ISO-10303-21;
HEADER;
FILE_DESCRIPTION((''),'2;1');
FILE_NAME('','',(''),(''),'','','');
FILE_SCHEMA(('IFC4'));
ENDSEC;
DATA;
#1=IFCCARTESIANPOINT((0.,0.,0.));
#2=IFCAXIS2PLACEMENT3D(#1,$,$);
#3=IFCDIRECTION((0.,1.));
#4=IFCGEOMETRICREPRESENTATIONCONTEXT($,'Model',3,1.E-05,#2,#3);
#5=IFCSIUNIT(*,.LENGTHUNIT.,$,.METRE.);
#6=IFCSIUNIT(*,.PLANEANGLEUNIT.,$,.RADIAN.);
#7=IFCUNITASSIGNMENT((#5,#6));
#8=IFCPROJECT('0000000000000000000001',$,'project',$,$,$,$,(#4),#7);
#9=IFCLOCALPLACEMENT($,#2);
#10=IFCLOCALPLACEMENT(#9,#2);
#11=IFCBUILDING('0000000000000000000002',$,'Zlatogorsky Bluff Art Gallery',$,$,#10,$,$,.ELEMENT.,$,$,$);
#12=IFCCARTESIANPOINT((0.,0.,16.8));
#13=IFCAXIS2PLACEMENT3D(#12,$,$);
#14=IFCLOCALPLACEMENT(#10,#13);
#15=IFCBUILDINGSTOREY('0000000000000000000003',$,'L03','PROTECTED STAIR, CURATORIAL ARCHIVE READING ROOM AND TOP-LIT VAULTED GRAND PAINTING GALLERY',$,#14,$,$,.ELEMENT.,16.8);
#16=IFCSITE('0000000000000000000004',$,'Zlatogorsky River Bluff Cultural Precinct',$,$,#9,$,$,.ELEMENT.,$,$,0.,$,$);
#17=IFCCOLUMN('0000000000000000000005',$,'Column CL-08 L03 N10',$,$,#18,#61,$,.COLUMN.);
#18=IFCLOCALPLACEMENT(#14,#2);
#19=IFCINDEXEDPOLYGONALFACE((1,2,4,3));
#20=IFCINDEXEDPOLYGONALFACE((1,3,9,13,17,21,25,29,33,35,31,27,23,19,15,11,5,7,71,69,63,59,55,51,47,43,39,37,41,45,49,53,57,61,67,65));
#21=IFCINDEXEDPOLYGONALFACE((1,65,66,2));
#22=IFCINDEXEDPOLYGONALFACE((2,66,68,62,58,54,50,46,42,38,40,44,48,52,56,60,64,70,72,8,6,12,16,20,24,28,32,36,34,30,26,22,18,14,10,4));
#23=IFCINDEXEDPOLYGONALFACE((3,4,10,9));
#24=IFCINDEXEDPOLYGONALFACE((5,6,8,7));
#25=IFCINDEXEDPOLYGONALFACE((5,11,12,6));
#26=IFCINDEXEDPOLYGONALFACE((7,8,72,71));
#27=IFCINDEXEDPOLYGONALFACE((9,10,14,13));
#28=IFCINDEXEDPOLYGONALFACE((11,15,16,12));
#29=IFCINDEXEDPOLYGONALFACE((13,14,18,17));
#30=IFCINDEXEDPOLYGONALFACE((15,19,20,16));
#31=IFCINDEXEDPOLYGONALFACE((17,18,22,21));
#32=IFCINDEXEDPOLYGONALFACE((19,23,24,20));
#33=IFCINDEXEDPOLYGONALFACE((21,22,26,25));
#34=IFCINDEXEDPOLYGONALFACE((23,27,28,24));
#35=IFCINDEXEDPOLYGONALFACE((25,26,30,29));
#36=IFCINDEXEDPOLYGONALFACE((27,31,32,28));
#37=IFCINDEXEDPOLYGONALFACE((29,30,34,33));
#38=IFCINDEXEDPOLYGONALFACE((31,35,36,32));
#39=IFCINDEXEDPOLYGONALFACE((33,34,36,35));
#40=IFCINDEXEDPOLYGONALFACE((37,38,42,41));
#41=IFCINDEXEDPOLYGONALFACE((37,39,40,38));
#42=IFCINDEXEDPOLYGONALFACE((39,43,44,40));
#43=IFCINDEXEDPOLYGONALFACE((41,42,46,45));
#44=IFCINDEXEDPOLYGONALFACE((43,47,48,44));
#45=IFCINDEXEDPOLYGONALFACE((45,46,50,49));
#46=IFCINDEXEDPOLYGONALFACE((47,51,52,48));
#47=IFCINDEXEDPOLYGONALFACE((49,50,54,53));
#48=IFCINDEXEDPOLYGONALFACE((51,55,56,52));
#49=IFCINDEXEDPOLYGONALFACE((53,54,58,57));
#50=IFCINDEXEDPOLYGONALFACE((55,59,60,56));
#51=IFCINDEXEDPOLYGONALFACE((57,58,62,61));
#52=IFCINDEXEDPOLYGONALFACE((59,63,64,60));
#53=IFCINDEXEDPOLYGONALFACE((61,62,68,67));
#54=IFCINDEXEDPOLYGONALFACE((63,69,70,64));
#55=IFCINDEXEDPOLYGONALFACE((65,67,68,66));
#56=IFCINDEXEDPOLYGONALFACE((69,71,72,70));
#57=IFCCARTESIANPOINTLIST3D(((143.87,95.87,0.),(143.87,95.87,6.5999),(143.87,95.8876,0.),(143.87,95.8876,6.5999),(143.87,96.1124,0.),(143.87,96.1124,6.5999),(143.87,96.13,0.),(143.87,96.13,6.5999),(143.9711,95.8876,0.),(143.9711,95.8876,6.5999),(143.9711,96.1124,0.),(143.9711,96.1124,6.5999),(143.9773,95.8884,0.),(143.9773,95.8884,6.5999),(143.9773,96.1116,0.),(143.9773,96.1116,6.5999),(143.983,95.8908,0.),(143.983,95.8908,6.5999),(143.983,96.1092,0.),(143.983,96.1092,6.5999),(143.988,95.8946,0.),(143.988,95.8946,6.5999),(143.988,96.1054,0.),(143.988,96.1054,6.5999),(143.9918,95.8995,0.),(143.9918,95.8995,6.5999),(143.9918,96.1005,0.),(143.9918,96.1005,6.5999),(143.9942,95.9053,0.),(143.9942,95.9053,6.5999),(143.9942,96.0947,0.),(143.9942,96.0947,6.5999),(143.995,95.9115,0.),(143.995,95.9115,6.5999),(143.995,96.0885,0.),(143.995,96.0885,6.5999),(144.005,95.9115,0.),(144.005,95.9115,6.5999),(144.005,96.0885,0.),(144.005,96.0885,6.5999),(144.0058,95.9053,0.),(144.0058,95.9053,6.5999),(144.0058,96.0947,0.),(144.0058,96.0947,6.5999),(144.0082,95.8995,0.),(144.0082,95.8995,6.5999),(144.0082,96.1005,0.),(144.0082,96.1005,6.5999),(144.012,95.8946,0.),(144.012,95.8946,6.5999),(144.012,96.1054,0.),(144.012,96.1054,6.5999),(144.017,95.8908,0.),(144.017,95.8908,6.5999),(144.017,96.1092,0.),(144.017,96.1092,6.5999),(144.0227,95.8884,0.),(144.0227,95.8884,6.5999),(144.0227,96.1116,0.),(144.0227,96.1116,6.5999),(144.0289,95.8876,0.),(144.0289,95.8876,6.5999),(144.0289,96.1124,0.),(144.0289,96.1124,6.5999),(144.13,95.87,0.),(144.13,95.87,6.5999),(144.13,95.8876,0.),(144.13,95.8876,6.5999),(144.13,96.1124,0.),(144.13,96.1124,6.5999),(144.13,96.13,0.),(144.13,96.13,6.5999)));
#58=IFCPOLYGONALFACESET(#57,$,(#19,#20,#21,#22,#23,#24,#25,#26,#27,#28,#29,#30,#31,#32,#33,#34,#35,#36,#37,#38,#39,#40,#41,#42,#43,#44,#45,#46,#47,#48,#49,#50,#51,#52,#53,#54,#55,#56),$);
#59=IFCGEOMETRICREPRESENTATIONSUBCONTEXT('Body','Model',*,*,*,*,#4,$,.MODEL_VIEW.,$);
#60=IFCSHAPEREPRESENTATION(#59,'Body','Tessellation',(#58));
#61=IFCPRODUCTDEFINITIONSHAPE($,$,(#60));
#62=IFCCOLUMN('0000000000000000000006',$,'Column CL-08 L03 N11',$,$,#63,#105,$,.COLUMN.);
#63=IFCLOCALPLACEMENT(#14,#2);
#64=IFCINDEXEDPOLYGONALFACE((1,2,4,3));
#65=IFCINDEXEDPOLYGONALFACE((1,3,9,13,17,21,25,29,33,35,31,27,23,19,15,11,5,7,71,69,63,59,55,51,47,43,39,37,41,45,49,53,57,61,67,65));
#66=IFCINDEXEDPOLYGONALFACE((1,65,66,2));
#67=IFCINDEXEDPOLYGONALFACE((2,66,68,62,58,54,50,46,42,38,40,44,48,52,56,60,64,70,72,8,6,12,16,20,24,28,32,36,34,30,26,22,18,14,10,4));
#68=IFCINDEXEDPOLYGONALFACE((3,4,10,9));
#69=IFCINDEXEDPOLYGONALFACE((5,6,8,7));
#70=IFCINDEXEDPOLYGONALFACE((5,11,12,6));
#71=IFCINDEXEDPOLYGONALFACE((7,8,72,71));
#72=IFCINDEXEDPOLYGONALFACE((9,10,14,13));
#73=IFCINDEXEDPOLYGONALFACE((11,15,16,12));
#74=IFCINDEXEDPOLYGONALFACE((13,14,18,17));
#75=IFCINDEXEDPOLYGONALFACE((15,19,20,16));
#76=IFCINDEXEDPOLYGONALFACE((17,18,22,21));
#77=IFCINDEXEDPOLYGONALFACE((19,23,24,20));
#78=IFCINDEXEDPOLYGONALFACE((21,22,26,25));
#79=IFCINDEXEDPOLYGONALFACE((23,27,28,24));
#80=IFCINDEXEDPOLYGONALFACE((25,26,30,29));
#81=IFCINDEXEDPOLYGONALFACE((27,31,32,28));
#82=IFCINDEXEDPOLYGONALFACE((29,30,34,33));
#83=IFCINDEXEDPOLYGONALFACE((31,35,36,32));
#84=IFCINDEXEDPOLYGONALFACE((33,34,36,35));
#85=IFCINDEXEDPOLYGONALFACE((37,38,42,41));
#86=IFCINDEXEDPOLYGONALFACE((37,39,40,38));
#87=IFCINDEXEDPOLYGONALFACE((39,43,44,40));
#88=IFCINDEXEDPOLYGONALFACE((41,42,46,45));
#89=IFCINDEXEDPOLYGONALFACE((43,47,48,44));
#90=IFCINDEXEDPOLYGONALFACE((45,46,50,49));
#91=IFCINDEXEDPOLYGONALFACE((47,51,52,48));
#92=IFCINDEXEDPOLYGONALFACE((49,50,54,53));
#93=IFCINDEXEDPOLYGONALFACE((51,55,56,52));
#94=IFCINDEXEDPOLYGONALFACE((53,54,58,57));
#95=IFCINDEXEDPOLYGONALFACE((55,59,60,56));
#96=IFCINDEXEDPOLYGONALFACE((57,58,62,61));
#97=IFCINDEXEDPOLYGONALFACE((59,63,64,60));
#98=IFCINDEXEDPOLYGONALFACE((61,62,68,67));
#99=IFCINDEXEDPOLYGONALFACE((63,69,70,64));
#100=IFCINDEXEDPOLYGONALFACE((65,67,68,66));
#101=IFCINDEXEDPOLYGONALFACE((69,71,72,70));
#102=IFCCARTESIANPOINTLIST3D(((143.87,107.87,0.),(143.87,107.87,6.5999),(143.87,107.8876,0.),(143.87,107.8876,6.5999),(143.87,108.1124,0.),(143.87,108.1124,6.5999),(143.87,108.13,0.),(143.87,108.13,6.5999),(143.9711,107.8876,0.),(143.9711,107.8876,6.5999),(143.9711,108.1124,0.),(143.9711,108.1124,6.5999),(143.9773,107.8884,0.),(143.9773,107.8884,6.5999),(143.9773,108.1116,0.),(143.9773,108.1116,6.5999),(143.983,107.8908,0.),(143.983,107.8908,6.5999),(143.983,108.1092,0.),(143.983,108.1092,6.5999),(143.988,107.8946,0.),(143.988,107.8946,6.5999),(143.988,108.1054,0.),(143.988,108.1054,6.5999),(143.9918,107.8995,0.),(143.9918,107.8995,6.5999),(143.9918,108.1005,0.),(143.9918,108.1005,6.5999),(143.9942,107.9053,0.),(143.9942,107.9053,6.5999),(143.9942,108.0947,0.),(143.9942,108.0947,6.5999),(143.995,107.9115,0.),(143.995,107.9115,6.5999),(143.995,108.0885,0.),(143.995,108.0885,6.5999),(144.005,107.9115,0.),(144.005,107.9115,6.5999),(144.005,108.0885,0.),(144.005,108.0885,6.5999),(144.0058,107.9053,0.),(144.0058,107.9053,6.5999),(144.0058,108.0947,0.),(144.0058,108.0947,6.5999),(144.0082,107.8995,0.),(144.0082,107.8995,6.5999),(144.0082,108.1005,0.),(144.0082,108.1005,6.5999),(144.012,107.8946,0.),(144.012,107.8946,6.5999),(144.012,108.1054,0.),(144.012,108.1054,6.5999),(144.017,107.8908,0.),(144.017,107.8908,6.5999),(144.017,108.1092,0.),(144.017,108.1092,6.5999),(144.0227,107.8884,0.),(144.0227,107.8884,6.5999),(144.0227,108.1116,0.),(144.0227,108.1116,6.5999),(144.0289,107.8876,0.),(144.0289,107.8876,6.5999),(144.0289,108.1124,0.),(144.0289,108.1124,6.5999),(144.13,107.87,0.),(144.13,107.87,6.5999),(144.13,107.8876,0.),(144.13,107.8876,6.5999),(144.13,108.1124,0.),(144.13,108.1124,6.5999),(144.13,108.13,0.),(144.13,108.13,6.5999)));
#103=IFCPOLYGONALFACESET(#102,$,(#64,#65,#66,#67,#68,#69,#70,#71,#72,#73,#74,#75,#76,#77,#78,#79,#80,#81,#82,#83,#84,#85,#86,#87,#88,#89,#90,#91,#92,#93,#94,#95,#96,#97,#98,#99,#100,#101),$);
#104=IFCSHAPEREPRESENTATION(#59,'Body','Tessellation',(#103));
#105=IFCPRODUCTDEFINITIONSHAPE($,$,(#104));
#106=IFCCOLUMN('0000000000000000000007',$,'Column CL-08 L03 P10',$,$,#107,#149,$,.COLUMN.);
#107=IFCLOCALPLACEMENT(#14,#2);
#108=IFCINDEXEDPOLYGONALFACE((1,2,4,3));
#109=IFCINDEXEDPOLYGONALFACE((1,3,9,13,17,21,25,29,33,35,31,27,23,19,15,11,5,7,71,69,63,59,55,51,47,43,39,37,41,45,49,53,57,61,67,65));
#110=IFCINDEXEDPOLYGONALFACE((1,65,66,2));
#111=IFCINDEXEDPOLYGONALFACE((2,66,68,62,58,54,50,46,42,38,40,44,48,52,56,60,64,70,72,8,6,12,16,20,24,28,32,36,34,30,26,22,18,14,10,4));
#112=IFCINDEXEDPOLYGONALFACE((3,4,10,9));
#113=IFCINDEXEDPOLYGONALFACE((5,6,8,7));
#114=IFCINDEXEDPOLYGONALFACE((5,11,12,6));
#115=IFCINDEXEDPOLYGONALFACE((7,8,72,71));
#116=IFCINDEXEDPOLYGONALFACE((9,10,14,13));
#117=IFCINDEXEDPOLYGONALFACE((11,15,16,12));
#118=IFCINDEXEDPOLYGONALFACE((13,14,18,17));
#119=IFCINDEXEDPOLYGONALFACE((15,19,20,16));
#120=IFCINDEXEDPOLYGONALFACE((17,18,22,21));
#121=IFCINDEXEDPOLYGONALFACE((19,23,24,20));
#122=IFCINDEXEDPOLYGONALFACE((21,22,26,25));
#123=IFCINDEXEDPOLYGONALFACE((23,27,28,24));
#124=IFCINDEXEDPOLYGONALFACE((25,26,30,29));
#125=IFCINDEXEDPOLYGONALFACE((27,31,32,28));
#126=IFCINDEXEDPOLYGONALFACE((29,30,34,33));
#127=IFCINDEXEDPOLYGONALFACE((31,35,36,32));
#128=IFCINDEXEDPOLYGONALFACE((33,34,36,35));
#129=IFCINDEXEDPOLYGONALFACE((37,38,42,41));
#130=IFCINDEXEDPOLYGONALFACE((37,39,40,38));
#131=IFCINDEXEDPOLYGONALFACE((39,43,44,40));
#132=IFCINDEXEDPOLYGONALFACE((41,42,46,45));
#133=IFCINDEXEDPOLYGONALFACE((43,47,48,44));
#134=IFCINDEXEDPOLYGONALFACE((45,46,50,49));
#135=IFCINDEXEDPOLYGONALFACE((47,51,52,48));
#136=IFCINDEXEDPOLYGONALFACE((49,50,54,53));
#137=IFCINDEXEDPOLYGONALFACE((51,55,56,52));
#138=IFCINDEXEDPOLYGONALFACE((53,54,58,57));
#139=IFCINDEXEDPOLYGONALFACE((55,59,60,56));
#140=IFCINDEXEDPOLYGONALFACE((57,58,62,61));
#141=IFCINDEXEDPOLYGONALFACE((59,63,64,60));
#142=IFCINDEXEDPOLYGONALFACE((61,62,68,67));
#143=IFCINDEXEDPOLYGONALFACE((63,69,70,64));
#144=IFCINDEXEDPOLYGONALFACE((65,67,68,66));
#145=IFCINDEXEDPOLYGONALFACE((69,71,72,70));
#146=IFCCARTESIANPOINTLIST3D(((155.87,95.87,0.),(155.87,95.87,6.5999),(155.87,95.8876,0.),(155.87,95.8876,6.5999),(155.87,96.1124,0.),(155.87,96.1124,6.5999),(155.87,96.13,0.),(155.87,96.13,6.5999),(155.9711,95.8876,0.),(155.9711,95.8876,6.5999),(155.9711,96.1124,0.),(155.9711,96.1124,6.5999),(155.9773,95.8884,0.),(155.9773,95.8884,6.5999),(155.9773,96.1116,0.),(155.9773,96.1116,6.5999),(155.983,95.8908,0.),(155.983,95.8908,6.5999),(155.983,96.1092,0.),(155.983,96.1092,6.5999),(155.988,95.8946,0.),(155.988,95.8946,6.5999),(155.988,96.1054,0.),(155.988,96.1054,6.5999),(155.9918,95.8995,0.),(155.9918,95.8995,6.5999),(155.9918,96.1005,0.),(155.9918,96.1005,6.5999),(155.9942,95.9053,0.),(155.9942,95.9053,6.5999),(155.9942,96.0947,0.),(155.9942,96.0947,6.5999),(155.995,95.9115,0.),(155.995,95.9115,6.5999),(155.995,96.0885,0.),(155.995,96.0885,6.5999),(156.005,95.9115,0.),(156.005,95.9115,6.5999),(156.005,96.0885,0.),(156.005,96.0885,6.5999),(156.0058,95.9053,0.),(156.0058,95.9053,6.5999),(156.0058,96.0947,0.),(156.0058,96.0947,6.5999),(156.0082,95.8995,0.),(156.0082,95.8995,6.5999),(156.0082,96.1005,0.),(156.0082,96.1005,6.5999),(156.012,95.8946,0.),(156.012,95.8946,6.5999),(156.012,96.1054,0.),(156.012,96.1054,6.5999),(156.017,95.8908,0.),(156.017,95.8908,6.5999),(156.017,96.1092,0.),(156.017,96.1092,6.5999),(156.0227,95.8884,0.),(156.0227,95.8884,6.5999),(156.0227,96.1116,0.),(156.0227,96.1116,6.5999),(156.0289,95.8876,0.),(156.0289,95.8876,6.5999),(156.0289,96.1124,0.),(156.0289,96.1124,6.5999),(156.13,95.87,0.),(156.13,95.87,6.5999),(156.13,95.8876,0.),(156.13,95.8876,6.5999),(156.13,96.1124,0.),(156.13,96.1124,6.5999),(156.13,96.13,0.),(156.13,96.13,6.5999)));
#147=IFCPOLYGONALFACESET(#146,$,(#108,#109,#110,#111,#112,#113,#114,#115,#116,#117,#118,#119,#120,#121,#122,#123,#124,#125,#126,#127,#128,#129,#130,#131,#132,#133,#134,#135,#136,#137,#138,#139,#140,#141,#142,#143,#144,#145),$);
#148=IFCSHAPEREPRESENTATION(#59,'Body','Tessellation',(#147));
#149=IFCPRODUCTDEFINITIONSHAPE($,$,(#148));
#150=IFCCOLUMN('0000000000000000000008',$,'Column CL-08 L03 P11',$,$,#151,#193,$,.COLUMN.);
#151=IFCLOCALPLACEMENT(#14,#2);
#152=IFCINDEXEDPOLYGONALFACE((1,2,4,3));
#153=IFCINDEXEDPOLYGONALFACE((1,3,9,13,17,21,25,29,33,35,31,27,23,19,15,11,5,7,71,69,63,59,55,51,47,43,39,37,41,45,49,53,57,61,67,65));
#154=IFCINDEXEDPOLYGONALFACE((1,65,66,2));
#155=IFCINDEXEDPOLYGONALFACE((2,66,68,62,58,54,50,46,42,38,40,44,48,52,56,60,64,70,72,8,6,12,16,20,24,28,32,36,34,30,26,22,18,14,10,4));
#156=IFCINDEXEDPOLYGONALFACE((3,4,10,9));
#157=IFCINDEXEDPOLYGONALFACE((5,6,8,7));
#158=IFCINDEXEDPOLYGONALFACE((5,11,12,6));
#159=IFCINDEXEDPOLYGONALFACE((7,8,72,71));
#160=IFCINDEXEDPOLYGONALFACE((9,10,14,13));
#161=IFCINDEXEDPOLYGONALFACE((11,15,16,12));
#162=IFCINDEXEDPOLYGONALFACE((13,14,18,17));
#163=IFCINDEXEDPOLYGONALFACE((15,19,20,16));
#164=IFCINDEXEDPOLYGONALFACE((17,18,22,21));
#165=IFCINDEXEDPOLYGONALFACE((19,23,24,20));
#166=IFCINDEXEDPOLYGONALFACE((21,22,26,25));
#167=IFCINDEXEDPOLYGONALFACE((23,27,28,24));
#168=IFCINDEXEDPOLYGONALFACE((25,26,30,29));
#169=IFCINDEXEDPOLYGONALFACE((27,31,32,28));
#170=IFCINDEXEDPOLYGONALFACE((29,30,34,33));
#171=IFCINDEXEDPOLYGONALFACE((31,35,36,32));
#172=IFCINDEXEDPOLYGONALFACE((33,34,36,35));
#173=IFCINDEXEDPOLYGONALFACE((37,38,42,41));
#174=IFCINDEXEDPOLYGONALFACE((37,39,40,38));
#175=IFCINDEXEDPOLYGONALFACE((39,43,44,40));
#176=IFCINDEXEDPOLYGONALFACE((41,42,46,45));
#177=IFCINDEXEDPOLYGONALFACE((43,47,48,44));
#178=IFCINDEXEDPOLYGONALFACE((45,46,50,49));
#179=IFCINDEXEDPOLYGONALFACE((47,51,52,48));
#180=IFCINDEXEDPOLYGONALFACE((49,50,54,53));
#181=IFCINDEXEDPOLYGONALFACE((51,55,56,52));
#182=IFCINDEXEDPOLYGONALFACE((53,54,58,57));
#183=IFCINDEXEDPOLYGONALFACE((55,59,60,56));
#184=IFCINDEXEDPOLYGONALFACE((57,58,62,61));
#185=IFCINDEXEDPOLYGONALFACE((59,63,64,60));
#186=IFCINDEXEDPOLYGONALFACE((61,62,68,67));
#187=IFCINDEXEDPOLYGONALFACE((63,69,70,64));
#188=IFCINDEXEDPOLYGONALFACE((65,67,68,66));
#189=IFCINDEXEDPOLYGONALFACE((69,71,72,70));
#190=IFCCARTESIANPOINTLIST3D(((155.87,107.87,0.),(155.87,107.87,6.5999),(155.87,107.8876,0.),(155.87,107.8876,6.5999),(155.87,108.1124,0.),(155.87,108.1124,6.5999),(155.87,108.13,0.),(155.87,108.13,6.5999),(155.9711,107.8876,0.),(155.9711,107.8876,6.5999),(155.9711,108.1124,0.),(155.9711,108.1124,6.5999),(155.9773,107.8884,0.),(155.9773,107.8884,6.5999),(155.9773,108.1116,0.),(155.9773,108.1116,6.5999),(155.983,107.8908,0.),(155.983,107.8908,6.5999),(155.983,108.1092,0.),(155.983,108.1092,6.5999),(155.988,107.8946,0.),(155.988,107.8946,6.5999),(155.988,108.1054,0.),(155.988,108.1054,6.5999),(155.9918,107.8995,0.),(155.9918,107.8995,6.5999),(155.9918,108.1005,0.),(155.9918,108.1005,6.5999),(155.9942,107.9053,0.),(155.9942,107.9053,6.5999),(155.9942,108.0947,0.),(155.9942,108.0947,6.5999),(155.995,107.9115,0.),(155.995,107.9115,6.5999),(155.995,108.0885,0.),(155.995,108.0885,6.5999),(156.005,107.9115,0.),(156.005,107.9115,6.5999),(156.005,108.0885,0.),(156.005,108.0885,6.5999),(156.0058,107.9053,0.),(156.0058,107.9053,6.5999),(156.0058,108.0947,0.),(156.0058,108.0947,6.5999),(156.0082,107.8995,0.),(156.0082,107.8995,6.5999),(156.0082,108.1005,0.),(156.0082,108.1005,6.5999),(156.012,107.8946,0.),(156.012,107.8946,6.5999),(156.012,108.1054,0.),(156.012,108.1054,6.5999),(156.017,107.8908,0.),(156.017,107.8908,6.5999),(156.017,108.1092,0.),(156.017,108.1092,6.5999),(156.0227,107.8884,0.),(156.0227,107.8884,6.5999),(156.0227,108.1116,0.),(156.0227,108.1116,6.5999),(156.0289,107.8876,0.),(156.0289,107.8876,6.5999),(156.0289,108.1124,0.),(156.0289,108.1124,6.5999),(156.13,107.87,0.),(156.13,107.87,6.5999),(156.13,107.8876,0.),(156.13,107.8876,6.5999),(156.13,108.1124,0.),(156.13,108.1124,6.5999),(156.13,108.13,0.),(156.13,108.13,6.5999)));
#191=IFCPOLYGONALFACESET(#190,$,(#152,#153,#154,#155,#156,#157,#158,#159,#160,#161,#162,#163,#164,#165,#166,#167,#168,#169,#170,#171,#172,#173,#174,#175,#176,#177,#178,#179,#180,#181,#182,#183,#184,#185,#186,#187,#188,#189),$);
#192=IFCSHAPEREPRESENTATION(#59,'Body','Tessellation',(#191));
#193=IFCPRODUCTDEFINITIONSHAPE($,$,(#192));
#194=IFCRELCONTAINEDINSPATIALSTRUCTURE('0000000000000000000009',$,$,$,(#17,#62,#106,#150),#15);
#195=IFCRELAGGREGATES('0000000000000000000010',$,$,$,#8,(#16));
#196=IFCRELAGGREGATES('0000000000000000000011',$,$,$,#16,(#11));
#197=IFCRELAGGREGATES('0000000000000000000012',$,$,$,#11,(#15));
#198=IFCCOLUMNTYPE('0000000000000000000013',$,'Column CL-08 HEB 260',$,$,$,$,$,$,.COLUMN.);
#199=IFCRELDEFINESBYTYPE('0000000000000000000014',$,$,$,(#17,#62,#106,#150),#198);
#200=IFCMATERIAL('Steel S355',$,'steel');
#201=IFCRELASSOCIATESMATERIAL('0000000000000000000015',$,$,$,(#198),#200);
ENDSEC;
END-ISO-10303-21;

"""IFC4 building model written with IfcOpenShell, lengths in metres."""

from ifc_helpers import new_model, si_unit, direction, frame, origin, origin_2d, place, context, subcontext, project, spatial, i_section, extrude, material, material_profile, profile_set, type_object, element, save


model = new_model("IFC4")

# Units and contexts
model_context = context("Model", 3, precision=1e-05, world=origin(), true_north=direction((0.0, 1.0)))
body_context = subcontext(model_context, "Body", "Model", "MODEL_VIEW")
ifc_project = project(units=[si_unit("LENGTHUNIT", "METRE"), si_unit("PLANEANGLEUNIT", "RADIAN")], contexts=[model_context])

# Site, building, storey
site_placement = place(None, origin())
site = spatial("IfcSite", under=ifc_project, at=site_placement, Name="Zlatogorsky River Bluff Cultural Precinct", CompositionType="ELEMENT", RefElevation=0.0)
building_placement = place(site_placement, origin())
building = spatial("IfcBuilding", under=site, at=building_placement, Name="Zlatogorsky Bluff Art Gallery", CompositionType="ELEMENT")
storey_placement = place(building_placement, frame((0.0, 0.0, 16.8)))
storey = spatial("IfcBuildingStorey", under=building, at=storey_placement, Name="L03", Description="PROTECTED STAIR, CURATORIAL ARCHIVE READING ROOM AND TOP-LIT VAULTED GRAND PAINTING GALLERY", CompositionType="ELEMENT", Elevation=16.8)

# Columns
ifc_material_1 = material(Name="Steel S355", Category="steel")
ifc_material_profile_1 = material_profile(ifc_material_1, i_section(OverallWidth=0.26, OverallDepth=0.26, WebThickness=0.01, FlangeThickness=0.0176, FilletRadius=0.0239, at=origin_2d()), Name="HEB 260")
ifc_profile_set_1 = profile_set([ifc_material_profile_1], Name="Steel S355")
column_type = type_object("IfcColumnType", Name="Column CL-08 HEB 260", PredefinedType="COLUMN", material=ifc_profile_set_1)
for number, where, z_axis, x_axis, name in (
    (1, (144.0, 96.0, 0.0), (0.0, 0.0, 1.0), (1.0, 0.0, 0.0), "Column CL-08 L03 N10"),
    (2, (144.0, 108.0, 0.0), (0.0, 0.0, 1.0), (1.0, 0.0, 0.0), "Column CL-08 L03 N11"),
    (3, (156.0, 96.0, 0.0), (0.0, 0.0, 1.0), (1.0, 0.0, 0.0), "Column CL-08 L03 P10"),
    (4, (156.0, 108.0, 0.0), (0.0, 0.0, 1.0), (1.0, 0.0, 0.0), "Column CL-08 L03 P11"),
):
    element("IfcColumn", number, at=place(storey_placement, frame(where, z_axis=z_axis, x_axis=x_axis)), inside=storey, type_object=column_type, Name=name, PredefinedType="COLUMN", context=body_context, shape_type="SweptSolid", body=[
        extrude(i_section(OverallWidth=0.26, OverallDepth=0.26, WebThickness=0.01, FlangeThickness=0.0176, FilletRadius=0.0239, at=origin_2d()), origin(), (0.0, 0.0, 1.0), 6.5999),
    ])

save(model, "model.ifc")
